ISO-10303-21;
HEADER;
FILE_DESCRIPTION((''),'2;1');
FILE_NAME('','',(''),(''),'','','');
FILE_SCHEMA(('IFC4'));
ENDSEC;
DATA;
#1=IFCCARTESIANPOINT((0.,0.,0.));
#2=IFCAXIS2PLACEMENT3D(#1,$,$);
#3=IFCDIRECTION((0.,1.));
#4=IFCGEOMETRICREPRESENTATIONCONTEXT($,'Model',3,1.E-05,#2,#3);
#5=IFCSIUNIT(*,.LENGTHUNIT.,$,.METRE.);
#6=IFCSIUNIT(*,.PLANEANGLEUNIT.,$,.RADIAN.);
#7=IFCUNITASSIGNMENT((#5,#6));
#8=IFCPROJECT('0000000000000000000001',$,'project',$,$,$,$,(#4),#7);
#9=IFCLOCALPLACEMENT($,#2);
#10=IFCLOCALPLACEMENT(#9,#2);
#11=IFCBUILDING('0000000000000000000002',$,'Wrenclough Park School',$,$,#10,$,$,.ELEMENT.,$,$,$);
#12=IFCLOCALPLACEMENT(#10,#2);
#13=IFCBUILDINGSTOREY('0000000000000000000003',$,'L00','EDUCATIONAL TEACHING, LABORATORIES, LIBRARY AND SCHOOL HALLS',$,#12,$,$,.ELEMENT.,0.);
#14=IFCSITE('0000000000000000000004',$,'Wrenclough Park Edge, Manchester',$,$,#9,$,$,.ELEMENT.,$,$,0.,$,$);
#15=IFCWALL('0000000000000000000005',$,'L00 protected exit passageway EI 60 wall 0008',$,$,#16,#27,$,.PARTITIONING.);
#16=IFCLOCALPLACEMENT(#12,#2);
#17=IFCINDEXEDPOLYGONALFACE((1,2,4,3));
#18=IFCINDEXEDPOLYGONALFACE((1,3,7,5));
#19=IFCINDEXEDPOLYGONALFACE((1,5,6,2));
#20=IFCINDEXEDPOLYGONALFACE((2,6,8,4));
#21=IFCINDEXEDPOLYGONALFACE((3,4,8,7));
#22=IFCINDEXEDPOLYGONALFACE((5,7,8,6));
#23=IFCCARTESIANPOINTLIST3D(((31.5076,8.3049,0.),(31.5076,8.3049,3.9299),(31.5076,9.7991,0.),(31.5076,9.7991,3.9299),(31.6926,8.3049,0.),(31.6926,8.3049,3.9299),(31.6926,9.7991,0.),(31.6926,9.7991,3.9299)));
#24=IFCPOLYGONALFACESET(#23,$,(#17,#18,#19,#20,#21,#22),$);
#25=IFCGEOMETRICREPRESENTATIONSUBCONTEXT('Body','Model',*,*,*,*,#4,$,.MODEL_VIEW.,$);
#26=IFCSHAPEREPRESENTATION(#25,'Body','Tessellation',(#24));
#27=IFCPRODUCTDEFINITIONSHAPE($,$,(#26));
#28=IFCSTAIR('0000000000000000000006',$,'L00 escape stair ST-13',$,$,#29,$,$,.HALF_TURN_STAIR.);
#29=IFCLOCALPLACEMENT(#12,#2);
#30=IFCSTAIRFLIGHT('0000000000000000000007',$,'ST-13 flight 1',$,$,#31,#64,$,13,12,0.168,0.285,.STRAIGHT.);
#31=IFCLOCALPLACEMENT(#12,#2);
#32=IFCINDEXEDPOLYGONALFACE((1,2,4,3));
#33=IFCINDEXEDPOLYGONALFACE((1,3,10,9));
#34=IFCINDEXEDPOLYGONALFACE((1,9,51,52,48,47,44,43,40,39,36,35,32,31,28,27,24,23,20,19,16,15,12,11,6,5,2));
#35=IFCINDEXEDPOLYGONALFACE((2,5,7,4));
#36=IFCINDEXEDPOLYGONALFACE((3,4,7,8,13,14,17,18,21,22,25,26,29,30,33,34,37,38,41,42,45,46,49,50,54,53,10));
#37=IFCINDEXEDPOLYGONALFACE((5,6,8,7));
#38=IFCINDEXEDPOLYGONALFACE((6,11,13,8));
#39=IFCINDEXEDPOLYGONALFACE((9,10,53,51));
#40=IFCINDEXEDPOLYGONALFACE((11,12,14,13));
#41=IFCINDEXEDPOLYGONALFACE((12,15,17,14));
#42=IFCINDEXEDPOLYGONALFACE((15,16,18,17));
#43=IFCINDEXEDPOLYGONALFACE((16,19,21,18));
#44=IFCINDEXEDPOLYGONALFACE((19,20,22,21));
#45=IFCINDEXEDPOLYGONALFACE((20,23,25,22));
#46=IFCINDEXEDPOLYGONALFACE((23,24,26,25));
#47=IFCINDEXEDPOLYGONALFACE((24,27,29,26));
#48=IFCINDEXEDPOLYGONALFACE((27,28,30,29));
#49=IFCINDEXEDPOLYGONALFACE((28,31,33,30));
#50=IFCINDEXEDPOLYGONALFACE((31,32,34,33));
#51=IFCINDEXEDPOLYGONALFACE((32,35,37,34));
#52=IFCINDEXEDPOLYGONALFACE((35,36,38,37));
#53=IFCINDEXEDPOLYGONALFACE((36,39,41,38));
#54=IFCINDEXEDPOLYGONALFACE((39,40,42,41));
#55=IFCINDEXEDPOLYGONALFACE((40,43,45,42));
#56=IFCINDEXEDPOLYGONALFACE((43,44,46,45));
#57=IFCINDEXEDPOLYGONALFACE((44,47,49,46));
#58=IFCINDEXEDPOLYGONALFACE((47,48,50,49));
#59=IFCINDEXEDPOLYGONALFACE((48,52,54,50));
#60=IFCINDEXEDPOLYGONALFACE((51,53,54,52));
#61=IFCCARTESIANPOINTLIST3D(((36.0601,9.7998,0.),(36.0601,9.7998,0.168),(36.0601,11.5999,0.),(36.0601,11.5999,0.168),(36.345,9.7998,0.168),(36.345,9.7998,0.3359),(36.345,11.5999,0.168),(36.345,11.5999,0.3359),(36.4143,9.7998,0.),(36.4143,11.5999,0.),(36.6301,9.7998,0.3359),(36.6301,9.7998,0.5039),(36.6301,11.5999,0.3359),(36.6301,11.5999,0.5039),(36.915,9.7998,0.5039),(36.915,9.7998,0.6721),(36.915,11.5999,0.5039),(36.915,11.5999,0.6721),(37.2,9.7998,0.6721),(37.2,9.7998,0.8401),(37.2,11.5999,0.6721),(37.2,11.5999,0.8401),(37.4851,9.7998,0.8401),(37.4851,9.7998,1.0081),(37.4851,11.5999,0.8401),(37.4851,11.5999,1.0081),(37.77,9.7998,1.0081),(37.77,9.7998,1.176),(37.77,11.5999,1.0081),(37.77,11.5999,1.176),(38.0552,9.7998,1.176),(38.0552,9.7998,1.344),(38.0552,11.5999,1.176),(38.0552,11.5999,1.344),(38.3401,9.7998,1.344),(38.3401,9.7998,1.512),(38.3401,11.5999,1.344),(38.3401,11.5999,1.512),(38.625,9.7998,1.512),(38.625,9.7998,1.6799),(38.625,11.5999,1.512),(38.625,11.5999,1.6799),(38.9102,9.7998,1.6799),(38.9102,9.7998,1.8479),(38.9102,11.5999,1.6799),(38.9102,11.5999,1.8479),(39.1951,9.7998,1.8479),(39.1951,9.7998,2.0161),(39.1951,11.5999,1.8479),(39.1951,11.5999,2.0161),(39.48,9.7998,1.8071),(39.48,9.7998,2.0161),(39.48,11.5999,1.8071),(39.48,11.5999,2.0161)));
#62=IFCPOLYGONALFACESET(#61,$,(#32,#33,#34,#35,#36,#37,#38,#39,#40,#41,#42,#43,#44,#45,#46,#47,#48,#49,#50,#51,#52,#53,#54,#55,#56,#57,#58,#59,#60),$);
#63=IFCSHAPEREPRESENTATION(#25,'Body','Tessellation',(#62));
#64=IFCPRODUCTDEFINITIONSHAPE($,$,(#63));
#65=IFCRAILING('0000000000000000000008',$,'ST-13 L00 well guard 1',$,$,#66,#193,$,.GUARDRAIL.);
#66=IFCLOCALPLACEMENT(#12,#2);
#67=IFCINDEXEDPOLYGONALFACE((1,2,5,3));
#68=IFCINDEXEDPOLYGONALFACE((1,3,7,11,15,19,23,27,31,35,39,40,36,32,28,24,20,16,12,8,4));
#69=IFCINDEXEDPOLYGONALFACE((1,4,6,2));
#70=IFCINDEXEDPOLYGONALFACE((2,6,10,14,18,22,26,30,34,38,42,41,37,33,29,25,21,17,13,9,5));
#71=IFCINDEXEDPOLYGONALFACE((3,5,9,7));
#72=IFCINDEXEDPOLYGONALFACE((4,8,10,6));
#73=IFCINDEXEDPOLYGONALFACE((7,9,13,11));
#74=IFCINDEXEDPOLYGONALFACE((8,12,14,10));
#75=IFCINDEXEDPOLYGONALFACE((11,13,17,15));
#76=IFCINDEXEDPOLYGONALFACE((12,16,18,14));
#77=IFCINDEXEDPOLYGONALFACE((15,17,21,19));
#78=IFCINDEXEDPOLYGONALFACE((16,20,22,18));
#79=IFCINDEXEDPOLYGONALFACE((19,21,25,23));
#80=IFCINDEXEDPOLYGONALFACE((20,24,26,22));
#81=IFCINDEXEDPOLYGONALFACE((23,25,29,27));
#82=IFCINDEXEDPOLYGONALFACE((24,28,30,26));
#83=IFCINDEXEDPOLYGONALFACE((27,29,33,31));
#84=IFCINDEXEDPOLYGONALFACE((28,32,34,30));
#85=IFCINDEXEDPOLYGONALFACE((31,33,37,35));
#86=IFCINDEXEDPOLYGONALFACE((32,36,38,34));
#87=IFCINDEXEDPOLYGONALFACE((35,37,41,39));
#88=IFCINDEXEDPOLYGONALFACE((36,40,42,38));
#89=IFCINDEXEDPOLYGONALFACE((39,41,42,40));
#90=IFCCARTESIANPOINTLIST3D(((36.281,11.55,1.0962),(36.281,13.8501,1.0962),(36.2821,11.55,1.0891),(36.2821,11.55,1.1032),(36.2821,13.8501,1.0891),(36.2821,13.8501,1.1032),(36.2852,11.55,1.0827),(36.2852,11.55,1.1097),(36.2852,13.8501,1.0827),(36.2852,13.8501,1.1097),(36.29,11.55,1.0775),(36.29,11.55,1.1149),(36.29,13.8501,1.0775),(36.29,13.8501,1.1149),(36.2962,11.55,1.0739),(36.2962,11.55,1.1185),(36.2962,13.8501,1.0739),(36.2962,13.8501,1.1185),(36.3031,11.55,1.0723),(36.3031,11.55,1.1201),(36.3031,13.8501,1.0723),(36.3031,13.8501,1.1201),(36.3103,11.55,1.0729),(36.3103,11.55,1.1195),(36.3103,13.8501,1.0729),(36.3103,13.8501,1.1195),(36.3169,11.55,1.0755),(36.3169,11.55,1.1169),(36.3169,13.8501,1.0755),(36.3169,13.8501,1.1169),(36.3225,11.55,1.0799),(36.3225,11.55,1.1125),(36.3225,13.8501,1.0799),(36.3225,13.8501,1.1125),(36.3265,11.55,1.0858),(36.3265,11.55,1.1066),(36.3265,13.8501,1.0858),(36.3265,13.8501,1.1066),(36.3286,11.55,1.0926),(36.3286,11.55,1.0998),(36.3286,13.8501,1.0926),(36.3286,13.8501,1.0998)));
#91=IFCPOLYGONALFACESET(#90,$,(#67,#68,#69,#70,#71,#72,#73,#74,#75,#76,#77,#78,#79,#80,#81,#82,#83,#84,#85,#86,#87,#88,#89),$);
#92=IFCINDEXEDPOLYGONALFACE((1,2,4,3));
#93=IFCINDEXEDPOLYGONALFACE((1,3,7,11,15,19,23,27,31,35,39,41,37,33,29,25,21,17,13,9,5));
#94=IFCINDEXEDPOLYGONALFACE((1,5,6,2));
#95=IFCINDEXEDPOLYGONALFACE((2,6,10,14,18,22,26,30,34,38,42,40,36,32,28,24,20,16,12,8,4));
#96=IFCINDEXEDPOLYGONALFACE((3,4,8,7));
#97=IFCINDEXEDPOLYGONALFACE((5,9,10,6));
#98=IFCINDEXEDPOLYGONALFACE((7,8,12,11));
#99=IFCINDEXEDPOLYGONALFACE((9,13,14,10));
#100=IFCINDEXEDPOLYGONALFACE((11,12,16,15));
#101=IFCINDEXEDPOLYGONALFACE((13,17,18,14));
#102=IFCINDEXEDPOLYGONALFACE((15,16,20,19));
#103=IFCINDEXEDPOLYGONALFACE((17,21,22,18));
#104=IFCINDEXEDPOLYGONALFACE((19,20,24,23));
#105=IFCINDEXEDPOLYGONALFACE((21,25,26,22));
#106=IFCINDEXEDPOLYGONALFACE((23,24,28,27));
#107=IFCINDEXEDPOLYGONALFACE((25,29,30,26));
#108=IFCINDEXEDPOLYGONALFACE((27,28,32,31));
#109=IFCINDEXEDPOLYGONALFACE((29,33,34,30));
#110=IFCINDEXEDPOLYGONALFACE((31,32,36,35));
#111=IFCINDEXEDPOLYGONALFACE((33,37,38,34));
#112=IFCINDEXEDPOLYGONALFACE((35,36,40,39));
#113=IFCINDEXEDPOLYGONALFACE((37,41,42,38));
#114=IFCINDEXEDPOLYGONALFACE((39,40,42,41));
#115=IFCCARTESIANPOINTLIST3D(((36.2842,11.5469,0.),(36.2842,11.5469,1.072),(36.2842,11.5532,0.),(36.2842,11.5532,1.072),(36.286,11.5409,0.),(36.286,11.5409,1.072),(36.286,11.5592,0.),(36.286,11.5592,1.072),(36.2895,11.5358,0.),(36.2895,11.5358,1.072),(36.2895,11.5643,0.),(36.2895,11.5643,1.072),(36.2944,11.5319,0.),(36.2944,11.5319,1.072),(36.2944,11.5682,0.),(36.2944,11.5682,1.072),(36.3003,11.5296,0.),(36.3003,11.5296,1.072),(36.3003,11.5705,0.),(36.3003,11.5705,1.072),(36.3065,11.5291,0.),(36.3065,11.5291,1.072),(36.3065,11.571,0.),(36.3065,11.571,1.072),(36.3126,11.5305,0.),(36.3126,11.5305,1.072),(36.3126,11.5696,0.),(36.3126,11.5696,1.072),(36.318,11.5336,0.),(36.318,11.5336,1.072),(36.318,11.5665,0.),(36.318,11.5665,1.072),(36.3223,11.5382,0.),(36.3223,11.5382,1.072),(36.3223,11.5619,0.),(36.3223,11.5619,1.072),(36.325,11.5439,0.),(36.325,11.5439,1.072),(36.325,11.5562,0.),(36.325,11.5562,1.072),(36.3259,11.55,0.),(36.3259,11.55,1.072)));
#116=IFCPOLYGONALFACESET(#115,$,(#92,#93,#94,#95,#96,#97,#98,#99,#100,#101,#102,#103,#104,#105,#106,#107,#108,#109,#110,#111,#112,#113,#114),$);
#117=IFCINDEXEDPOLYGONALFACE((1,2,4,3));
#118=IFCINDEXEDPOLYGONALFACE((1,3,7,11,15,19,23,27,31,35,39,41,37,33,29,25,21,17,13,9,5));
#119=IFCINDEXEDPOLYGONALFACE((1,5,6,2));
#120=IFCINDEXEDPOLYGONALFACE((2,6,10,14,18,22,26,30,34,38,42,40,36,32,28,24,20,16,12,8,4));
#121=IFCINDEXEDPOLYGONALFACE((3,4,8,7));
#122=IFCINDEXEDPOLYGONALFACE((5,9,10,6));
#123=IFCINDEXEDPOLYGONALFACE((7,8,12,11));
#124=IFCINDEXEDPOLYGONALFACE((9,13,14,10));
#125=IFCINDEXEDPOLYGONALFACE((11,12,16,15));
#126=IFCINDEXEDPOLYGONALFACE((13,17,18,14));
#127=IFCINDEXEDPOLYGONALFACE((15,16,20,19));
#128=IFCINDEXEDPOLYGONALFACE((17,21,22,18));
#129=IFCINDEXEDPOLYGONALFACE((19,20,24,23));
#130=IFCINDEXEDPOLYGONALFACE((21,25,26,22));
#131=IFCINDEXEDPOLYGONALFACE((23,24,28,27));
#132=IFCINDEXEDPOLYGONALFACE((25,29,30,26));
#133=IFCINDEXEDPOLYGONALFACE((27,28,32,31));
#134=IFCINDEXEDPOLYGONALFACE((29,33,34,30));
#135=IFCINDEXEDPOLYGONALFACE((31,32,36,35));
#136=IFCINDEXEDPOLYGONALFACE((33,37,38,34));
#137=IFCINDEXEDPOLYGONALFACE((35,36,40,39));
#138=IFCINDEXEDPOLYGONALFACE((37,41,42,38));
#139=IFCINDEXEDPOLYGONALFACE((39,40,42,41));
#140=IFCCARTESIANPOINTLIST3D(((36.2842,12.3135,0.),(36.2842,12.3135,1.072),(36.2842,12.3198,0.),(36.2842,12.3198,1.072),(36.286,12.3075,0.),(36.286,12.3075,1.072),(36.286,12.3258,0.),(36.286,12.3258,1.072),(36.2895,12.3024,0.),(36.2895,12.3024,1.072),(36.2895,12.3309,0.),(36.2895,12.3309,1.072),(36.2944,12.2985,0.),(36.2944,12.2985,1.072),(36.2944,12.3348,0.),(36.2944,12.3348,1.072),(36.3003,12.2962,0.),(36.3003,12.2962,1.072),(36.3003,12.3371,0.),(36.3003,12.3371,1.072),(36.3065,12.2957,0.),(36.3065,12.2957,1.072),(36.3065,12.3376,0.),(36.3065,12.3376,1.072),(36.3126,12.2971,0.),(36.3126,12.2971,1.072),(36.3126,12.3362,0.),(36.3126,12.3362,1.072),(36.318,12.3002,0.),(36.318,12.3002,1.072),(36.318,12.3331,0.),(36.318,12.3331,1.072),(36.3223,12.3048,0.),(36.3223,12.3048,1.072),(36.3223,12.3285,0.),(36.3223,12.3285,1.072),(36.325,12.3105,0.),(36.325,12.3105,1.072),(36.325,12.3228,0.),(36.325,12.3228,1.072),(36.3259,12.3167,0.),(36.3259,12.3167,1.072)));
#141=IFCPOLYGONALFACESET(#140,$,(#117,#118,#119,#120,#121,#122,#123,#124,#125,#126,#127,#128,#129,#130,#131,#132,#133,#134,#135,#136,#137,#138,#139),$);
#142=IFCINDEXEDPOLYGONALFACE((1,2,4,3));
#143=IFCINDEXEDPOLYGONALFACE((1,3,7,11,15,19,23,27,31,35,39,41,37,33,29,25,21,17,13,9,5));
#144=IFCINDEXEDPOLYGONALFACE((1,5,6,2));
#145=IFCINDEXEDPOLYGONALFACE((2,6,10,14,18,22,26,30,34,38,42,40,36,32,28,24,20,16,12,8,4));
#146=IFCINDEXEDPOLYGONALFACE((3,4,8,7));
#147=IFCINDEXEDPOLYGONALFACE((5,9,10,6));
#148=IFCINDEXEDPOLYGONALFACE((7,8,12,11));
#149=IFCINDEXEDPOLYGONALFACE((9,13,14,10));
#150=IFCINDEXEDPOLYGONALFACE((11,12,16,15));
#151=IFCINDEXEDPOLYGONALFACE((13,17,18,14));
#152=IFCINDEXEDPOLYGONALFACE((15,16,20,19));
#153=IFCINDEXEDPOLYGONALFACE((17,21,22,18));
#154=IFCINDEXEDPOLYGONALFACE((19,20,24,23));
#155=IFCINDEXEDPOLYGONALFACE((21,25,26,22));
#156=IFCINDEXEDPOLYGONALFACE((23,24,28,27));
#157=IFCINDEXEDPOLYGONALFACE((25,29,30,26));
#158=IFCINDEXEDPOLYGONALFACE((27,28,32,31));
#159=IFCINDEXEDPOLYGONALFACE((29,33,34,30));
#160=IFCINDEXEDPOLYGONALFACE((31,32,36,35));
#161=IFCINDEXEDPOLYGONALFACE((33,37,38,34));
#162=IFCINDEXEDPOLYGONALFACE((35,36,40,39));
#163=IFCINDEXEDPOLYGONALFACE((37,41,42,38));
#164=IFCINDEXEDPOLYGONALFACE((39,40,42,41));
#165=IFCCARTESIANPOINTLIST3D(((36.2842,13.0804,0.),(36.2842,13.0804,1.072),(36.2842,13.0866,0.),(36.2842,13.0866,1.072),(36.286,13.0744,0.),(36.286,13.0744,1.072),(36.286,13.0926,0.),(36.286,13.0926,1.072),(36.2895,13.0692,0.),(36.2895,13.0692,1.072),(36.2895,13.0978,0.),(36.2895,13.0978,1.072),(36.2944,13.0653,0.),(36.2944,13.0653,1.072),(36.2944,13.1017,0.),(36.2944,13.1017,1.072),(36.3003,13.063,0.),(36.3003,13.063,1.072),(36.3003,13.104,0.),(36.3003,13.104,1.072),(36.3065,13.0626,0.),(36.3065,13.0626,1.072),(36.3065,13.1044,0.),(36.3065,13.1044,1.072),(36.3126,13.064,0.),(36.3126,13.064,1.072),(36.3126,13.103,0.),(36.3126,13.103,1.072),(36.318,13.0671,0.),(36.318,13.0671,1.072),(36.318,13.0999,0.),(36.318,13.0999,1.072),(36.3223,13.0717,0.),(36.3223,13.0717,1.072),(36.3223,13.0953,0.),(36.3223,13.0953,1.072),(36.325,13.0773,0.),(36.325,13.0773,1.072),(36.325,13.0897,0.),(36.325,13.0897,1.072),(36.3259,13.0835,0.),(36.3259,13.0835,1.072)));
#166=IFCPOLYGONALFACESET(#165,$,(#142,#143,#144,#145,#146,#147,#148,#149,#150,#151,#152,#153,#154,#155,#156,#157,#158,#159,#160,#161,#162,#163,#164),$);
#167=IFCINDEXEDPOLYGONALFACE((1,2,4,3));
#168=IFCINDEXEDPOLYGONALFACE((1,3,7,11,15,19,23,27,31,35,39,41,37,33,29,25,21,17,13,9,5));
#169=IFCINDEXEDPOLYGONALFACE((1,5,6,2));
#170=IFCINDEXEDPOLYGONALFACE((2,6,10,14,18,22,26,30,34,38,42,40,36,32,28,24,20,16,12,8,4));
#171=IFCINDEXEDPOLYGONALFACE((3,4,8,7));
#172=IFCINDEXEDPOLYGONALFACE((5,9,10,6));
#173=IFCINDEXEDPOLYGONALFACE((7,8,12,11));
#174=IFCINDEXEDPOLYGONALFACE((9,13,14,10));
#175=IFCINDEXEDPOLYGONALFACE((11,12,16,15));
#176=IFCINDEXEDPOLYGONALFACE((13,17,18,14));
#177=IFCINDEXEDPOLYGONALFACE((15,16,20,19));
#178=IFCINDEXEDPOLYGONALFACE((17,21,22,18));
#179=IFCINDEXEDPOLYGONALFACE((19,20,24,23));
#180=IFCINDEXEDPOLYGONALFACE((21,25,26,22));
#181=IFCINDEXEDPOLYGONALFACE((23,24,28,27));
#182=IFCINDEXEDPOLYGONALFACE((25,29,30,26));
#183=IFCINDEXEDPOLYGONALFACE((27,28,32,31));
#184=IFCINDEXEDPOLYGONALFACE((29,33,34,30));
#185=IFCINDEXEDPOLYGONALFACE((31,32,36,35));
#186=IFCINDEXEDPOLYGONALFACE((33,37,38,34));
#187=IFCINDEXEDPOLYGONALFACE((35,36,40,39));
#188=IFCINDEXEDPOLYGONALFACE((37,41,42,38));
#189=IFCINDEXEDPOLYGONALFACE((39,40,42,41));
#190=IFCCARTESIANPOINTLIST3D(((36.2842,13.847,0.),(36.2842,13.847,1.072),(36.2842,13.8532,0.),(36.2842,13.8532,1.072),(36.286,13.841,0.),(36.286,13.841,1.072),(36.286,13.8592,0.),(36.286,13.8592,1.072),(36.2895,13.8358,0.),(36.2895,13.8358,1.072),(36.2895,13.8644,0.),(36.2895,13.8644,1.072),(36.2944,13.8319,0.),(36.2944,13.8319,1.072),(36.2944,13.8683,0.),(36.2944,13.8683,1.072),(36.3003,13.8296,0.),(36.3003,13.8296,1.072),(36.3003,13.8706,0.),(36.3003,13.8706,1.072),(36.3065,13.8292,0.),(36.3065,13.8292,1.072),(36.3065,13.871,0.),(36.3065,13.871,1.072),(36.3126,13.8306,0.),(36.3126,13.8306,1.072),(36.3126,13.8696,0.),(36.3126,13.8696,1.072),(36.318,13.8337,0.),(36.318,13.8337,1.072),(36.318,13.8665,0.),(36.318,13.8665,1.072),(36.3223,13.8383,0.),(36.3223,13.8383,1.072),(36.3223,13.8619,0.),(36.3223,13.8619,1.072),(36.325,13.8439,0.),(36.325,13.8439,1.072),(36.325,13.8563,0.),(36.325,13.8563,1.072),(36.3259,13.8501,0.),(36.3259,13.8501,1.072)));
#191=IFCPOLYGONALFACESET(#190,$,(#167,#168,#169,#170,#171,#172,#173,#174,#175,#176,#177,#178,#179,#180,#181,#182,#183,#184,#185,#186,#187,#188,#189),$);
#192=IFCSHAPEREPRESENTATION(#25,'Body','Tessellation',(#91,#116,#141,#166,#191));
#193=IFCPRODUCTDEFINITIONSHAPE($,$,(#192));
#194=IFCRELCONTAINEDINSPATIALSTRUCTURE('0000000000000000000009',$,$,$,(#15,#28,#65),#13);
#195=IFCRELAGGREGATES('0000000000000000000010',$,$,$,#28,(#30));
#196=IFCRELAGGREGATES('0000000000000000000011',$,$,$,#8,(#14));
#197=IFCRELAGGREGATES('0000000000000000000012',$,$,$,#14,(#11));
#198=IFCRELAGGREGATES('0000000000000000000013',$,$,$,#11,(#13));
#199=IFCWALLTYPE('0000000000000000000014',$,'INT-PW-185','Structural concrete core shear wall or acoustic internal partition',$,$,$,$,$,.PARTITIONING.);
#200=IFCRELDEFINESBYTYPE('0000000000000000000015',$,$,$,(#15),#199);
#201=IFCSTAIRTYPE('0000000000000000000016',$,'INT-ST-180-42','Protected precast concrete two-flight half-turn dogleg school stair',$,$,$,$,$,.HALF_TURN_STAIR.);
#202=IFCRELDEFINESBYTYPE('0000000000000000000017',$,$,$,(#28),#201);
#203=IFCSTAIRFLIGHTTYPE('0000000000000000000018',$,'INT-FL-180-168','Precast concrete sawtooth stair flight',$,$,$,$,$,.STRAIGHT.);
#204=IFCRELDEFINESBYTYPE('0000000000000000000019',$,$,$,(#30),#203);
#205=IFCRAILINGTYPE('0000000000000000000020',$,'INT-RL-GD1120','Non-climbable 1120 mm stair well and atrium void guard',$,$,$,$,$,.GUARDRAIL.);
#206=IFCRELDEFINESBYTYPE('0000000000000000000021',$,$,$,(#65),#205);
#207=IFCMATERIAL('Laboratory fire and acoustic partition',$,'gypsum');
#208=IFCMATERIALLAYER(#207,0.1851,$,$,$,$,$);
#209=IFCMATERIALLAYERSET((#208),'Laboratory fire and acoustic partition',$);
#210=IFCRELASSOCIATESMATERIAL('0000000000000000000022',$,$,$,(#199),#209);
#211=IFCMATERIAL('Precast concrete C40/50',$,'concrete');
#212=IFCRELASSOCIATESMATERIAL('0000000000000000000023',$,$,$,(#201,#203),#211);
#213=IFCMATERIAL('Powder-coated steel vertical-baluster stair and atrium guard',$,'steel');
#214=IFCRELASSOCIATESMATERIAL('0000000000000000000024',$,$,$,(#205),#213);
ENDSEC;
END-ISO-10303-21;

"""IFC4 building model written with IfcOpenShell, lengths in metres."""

from ifc_helpers import new_model, si_unit, direction, frame, frame_2d, origin, origin_2d, place, context, subcontext, project, spatial, polyline, rectangle, circle, outline, extrude, material, layer, layer_set, type_object, element, aggregate, save


model = new_model("IFC4")

# Units and contexts
model_context = context("Model", 3, precision=1e-05, world=origin(), true_north=direction((0.0, 1.0)))
body_context = subcontext(model_context, "Body", "Model", "MODEL_VIEW")
ifc_project = project(units=[si_unit("LENGTHUNIT", "METRE"), si_unit("PLANEANGLEUNIT", "RADIAN")], contexts=[model_context])

# Site, building, storey
site_placement = place(None, origin())
site = spatial("IfcSite", under=ifc_project, at=site_placement, Name="Wrenclough Park Edge, Manchester", CompositionType="ELEMENT", RefElevation=0.0)
building_placement = place(site_placement, origin())
building = spatial("IfcBuilding", under=site, at=building_placement, Name="Wrenclough Park School", CompositionType="ELEMENT")
storey_placement = place(building_placement, origin())
storey = spatial("IfcBuildingStorey", under=building, at=storey_placement, Name="L00", Description="EDUCATIONAL TEACHING, LABORATORIES, LIBRARY AND SCHOOL HALLS", CompositionType="ELEMENT", Elevation=0.0)

# Wall
ifc_material_1 = material(Name="Laboratory fire and acoustic partition", Category="gypsum")
ifc_layer_1 = layer(ifc_material_1, 0.1851)
ifc_layer_set_1 = layer_set([ifc_layer_1], Name="Laboratory fire and acoustic partition")
wall_type_1 = type_object("IfcWallType", Name="INT-PW-185", Description="Structural concrete core shear wall or acoustic internal partition", PredefinedType="PARTITIONING", material=ifc_layer_set_1)
wall_1_placement = place(storey_placement, frame((31.6001, 9.7991, 0.0), z_axis=(0.0, 0.0, 1.0), x_axis=(0.0, -1.0, 0.0)))
element("IfcWall", 1, at=wall_1_placement, inside=storey, type_object=wall_type_1, Name="L00 protected exit passageway EI 60 wall 0008", PredefinedType="PARTITIONING", context=body_context, shape_type="SweptSolid", body=[
    extrude(rectangle(XDim=1.4941, YDim=0.1851, at=frame_2d((0.7471, 0.0))), origin(), (0.0, 0.0, 1.0), 3.9299),
])

# Stair, stair flight
ifc_material_2 = material(Name="Precast concrete C40/50", Category="concrete")
stair_type = type_object("IfcStairType", Name="INT-ST-180-42", Description="Protected precast concrete two-flight half-turn dogleg school stair", PredefinedType="HALF_TURN_STAIR", material=ifc_material_2)
stair_placement = place(storey_placement, origin())
stair = element("IfcStair", 2, at=stair_placement, inside=storey, type_object=stair_type, Name="L00 escape stair ST-13", PredefinedType="HALF_TURN_STAIR")
stair_flight_type = type_object("IfcStairFlightType", Name="INT-FL-180-168", Description="Precast concrete sawtooth stair flight", PredefinedType="STRAIGHT", material=ifc_material_2)
stair_flight_placement = place(storey_placement, frame((36.0601, 10.7, 0.0), z_axis=(0.0, 0.0, 1.0), x_axis=(1.0, 0.0, 0.0)))
stair_flight = element("IfcStairFlight", 3, at=stair_flight_placement, type_object=stair_flight_type, Name="ST-13 flight 1", NumberOfRisers=13, NumberOfTreads=12, PredefinedType="STRAIGHT", RiserHeight=0.168, TreadLength=0.285, context=body_context, shape_type="SweptSolid", body=[
    extrude(outline(polyline([(0.0, 0.0), (0.0, 0.168), (0.2849, 0.168), (0.2849, 0.3359), (0.5701, 0.3359), (0.5701, 0.5039), (0.855, 0.5039), (0.855, 0.6721), (1.1399, 0.6721), (1.1399, 0.8401), (1.425, 0.8401), (1.425, 1.0081), (1.71, 1.0081), (1.71, 1.176), (1.9951, 1.176), (1.9951, 1.344), (2.28, 1.344), (2.28, 1.512), (2.5649, 1.512), (2.5649, 1.6799), (2.8501, 1.6799), (2.8501, 1.8479), (3.135, 1.8479), (3.135, 2.0161), (3.4199, 2.0161), (3.4199, 2.1841), (3.4199, 1.8071), (0.3542, 0.0), (0.0, 0.0)])), frame((0.0, 0.8999, 0.0), z_axis=(0.0, -1.0, 0.0), x_axis=(1.0, 0.0, 0.0)), (0.0, 0.0, 1.0), 1.8),
])
aggregate(stair, [stair_flight])

# Railing
ifc_material_3 = material(Name="Powder-coated steel vertical-baluster stair and atrium guard", Category="steel")
railing_type_1 = type_object("IfcRailingType", Name="INT-RL-GD1120", Description="Non-climbable 1120 mm stair well and atrium void guard", PredefinedType="GUARDRAIL", material=ifc_material_3)
railing_1_placement = place(storey_placement, frame((36.3049, 11.55, 0.0)))
element("IfcRailing", 4, at=railing_1_placement, inside=storey, type_object=railing_type_1, Name="ST-13 L00 well guard 1", PredefinedType="GUARDRAIL", context=body_context, shape_type="SweptSolid", body=[
    extrude(circle(Radius=0.0239, at=origin_2d()), frame((0.0, 0.0, 1.0962), z_axis=(0.0, 1.0, 0.0), x_axis=(-1.0, 0.0, 0.0)), (0.0, 0.0, 1.0), 2.3),
    extrude(circle(Radius=0.021, at=origin_2d()), origin(), (0.0, 0.0, 1.0), 1.072),
    extrude(circle(Radius=0.021, at=origin_2d()), frame((0.0, 0.7666, 0.0)), (0.0, 0.0, 1.0), 1.072),
    extrude(circle(Radius=0.021, at=origin_2d()), frame((0.0, 1.5334, 0.0)), (0.0, 0.0, 1.0), 1.072),
    extrude(circle(Radius=0.021, at=origin_2d()), frame((0.0, 2.3, 0.0)), (0.0, 0.0, 1.0), 1.072),
])

save(model, "model.ifc")
